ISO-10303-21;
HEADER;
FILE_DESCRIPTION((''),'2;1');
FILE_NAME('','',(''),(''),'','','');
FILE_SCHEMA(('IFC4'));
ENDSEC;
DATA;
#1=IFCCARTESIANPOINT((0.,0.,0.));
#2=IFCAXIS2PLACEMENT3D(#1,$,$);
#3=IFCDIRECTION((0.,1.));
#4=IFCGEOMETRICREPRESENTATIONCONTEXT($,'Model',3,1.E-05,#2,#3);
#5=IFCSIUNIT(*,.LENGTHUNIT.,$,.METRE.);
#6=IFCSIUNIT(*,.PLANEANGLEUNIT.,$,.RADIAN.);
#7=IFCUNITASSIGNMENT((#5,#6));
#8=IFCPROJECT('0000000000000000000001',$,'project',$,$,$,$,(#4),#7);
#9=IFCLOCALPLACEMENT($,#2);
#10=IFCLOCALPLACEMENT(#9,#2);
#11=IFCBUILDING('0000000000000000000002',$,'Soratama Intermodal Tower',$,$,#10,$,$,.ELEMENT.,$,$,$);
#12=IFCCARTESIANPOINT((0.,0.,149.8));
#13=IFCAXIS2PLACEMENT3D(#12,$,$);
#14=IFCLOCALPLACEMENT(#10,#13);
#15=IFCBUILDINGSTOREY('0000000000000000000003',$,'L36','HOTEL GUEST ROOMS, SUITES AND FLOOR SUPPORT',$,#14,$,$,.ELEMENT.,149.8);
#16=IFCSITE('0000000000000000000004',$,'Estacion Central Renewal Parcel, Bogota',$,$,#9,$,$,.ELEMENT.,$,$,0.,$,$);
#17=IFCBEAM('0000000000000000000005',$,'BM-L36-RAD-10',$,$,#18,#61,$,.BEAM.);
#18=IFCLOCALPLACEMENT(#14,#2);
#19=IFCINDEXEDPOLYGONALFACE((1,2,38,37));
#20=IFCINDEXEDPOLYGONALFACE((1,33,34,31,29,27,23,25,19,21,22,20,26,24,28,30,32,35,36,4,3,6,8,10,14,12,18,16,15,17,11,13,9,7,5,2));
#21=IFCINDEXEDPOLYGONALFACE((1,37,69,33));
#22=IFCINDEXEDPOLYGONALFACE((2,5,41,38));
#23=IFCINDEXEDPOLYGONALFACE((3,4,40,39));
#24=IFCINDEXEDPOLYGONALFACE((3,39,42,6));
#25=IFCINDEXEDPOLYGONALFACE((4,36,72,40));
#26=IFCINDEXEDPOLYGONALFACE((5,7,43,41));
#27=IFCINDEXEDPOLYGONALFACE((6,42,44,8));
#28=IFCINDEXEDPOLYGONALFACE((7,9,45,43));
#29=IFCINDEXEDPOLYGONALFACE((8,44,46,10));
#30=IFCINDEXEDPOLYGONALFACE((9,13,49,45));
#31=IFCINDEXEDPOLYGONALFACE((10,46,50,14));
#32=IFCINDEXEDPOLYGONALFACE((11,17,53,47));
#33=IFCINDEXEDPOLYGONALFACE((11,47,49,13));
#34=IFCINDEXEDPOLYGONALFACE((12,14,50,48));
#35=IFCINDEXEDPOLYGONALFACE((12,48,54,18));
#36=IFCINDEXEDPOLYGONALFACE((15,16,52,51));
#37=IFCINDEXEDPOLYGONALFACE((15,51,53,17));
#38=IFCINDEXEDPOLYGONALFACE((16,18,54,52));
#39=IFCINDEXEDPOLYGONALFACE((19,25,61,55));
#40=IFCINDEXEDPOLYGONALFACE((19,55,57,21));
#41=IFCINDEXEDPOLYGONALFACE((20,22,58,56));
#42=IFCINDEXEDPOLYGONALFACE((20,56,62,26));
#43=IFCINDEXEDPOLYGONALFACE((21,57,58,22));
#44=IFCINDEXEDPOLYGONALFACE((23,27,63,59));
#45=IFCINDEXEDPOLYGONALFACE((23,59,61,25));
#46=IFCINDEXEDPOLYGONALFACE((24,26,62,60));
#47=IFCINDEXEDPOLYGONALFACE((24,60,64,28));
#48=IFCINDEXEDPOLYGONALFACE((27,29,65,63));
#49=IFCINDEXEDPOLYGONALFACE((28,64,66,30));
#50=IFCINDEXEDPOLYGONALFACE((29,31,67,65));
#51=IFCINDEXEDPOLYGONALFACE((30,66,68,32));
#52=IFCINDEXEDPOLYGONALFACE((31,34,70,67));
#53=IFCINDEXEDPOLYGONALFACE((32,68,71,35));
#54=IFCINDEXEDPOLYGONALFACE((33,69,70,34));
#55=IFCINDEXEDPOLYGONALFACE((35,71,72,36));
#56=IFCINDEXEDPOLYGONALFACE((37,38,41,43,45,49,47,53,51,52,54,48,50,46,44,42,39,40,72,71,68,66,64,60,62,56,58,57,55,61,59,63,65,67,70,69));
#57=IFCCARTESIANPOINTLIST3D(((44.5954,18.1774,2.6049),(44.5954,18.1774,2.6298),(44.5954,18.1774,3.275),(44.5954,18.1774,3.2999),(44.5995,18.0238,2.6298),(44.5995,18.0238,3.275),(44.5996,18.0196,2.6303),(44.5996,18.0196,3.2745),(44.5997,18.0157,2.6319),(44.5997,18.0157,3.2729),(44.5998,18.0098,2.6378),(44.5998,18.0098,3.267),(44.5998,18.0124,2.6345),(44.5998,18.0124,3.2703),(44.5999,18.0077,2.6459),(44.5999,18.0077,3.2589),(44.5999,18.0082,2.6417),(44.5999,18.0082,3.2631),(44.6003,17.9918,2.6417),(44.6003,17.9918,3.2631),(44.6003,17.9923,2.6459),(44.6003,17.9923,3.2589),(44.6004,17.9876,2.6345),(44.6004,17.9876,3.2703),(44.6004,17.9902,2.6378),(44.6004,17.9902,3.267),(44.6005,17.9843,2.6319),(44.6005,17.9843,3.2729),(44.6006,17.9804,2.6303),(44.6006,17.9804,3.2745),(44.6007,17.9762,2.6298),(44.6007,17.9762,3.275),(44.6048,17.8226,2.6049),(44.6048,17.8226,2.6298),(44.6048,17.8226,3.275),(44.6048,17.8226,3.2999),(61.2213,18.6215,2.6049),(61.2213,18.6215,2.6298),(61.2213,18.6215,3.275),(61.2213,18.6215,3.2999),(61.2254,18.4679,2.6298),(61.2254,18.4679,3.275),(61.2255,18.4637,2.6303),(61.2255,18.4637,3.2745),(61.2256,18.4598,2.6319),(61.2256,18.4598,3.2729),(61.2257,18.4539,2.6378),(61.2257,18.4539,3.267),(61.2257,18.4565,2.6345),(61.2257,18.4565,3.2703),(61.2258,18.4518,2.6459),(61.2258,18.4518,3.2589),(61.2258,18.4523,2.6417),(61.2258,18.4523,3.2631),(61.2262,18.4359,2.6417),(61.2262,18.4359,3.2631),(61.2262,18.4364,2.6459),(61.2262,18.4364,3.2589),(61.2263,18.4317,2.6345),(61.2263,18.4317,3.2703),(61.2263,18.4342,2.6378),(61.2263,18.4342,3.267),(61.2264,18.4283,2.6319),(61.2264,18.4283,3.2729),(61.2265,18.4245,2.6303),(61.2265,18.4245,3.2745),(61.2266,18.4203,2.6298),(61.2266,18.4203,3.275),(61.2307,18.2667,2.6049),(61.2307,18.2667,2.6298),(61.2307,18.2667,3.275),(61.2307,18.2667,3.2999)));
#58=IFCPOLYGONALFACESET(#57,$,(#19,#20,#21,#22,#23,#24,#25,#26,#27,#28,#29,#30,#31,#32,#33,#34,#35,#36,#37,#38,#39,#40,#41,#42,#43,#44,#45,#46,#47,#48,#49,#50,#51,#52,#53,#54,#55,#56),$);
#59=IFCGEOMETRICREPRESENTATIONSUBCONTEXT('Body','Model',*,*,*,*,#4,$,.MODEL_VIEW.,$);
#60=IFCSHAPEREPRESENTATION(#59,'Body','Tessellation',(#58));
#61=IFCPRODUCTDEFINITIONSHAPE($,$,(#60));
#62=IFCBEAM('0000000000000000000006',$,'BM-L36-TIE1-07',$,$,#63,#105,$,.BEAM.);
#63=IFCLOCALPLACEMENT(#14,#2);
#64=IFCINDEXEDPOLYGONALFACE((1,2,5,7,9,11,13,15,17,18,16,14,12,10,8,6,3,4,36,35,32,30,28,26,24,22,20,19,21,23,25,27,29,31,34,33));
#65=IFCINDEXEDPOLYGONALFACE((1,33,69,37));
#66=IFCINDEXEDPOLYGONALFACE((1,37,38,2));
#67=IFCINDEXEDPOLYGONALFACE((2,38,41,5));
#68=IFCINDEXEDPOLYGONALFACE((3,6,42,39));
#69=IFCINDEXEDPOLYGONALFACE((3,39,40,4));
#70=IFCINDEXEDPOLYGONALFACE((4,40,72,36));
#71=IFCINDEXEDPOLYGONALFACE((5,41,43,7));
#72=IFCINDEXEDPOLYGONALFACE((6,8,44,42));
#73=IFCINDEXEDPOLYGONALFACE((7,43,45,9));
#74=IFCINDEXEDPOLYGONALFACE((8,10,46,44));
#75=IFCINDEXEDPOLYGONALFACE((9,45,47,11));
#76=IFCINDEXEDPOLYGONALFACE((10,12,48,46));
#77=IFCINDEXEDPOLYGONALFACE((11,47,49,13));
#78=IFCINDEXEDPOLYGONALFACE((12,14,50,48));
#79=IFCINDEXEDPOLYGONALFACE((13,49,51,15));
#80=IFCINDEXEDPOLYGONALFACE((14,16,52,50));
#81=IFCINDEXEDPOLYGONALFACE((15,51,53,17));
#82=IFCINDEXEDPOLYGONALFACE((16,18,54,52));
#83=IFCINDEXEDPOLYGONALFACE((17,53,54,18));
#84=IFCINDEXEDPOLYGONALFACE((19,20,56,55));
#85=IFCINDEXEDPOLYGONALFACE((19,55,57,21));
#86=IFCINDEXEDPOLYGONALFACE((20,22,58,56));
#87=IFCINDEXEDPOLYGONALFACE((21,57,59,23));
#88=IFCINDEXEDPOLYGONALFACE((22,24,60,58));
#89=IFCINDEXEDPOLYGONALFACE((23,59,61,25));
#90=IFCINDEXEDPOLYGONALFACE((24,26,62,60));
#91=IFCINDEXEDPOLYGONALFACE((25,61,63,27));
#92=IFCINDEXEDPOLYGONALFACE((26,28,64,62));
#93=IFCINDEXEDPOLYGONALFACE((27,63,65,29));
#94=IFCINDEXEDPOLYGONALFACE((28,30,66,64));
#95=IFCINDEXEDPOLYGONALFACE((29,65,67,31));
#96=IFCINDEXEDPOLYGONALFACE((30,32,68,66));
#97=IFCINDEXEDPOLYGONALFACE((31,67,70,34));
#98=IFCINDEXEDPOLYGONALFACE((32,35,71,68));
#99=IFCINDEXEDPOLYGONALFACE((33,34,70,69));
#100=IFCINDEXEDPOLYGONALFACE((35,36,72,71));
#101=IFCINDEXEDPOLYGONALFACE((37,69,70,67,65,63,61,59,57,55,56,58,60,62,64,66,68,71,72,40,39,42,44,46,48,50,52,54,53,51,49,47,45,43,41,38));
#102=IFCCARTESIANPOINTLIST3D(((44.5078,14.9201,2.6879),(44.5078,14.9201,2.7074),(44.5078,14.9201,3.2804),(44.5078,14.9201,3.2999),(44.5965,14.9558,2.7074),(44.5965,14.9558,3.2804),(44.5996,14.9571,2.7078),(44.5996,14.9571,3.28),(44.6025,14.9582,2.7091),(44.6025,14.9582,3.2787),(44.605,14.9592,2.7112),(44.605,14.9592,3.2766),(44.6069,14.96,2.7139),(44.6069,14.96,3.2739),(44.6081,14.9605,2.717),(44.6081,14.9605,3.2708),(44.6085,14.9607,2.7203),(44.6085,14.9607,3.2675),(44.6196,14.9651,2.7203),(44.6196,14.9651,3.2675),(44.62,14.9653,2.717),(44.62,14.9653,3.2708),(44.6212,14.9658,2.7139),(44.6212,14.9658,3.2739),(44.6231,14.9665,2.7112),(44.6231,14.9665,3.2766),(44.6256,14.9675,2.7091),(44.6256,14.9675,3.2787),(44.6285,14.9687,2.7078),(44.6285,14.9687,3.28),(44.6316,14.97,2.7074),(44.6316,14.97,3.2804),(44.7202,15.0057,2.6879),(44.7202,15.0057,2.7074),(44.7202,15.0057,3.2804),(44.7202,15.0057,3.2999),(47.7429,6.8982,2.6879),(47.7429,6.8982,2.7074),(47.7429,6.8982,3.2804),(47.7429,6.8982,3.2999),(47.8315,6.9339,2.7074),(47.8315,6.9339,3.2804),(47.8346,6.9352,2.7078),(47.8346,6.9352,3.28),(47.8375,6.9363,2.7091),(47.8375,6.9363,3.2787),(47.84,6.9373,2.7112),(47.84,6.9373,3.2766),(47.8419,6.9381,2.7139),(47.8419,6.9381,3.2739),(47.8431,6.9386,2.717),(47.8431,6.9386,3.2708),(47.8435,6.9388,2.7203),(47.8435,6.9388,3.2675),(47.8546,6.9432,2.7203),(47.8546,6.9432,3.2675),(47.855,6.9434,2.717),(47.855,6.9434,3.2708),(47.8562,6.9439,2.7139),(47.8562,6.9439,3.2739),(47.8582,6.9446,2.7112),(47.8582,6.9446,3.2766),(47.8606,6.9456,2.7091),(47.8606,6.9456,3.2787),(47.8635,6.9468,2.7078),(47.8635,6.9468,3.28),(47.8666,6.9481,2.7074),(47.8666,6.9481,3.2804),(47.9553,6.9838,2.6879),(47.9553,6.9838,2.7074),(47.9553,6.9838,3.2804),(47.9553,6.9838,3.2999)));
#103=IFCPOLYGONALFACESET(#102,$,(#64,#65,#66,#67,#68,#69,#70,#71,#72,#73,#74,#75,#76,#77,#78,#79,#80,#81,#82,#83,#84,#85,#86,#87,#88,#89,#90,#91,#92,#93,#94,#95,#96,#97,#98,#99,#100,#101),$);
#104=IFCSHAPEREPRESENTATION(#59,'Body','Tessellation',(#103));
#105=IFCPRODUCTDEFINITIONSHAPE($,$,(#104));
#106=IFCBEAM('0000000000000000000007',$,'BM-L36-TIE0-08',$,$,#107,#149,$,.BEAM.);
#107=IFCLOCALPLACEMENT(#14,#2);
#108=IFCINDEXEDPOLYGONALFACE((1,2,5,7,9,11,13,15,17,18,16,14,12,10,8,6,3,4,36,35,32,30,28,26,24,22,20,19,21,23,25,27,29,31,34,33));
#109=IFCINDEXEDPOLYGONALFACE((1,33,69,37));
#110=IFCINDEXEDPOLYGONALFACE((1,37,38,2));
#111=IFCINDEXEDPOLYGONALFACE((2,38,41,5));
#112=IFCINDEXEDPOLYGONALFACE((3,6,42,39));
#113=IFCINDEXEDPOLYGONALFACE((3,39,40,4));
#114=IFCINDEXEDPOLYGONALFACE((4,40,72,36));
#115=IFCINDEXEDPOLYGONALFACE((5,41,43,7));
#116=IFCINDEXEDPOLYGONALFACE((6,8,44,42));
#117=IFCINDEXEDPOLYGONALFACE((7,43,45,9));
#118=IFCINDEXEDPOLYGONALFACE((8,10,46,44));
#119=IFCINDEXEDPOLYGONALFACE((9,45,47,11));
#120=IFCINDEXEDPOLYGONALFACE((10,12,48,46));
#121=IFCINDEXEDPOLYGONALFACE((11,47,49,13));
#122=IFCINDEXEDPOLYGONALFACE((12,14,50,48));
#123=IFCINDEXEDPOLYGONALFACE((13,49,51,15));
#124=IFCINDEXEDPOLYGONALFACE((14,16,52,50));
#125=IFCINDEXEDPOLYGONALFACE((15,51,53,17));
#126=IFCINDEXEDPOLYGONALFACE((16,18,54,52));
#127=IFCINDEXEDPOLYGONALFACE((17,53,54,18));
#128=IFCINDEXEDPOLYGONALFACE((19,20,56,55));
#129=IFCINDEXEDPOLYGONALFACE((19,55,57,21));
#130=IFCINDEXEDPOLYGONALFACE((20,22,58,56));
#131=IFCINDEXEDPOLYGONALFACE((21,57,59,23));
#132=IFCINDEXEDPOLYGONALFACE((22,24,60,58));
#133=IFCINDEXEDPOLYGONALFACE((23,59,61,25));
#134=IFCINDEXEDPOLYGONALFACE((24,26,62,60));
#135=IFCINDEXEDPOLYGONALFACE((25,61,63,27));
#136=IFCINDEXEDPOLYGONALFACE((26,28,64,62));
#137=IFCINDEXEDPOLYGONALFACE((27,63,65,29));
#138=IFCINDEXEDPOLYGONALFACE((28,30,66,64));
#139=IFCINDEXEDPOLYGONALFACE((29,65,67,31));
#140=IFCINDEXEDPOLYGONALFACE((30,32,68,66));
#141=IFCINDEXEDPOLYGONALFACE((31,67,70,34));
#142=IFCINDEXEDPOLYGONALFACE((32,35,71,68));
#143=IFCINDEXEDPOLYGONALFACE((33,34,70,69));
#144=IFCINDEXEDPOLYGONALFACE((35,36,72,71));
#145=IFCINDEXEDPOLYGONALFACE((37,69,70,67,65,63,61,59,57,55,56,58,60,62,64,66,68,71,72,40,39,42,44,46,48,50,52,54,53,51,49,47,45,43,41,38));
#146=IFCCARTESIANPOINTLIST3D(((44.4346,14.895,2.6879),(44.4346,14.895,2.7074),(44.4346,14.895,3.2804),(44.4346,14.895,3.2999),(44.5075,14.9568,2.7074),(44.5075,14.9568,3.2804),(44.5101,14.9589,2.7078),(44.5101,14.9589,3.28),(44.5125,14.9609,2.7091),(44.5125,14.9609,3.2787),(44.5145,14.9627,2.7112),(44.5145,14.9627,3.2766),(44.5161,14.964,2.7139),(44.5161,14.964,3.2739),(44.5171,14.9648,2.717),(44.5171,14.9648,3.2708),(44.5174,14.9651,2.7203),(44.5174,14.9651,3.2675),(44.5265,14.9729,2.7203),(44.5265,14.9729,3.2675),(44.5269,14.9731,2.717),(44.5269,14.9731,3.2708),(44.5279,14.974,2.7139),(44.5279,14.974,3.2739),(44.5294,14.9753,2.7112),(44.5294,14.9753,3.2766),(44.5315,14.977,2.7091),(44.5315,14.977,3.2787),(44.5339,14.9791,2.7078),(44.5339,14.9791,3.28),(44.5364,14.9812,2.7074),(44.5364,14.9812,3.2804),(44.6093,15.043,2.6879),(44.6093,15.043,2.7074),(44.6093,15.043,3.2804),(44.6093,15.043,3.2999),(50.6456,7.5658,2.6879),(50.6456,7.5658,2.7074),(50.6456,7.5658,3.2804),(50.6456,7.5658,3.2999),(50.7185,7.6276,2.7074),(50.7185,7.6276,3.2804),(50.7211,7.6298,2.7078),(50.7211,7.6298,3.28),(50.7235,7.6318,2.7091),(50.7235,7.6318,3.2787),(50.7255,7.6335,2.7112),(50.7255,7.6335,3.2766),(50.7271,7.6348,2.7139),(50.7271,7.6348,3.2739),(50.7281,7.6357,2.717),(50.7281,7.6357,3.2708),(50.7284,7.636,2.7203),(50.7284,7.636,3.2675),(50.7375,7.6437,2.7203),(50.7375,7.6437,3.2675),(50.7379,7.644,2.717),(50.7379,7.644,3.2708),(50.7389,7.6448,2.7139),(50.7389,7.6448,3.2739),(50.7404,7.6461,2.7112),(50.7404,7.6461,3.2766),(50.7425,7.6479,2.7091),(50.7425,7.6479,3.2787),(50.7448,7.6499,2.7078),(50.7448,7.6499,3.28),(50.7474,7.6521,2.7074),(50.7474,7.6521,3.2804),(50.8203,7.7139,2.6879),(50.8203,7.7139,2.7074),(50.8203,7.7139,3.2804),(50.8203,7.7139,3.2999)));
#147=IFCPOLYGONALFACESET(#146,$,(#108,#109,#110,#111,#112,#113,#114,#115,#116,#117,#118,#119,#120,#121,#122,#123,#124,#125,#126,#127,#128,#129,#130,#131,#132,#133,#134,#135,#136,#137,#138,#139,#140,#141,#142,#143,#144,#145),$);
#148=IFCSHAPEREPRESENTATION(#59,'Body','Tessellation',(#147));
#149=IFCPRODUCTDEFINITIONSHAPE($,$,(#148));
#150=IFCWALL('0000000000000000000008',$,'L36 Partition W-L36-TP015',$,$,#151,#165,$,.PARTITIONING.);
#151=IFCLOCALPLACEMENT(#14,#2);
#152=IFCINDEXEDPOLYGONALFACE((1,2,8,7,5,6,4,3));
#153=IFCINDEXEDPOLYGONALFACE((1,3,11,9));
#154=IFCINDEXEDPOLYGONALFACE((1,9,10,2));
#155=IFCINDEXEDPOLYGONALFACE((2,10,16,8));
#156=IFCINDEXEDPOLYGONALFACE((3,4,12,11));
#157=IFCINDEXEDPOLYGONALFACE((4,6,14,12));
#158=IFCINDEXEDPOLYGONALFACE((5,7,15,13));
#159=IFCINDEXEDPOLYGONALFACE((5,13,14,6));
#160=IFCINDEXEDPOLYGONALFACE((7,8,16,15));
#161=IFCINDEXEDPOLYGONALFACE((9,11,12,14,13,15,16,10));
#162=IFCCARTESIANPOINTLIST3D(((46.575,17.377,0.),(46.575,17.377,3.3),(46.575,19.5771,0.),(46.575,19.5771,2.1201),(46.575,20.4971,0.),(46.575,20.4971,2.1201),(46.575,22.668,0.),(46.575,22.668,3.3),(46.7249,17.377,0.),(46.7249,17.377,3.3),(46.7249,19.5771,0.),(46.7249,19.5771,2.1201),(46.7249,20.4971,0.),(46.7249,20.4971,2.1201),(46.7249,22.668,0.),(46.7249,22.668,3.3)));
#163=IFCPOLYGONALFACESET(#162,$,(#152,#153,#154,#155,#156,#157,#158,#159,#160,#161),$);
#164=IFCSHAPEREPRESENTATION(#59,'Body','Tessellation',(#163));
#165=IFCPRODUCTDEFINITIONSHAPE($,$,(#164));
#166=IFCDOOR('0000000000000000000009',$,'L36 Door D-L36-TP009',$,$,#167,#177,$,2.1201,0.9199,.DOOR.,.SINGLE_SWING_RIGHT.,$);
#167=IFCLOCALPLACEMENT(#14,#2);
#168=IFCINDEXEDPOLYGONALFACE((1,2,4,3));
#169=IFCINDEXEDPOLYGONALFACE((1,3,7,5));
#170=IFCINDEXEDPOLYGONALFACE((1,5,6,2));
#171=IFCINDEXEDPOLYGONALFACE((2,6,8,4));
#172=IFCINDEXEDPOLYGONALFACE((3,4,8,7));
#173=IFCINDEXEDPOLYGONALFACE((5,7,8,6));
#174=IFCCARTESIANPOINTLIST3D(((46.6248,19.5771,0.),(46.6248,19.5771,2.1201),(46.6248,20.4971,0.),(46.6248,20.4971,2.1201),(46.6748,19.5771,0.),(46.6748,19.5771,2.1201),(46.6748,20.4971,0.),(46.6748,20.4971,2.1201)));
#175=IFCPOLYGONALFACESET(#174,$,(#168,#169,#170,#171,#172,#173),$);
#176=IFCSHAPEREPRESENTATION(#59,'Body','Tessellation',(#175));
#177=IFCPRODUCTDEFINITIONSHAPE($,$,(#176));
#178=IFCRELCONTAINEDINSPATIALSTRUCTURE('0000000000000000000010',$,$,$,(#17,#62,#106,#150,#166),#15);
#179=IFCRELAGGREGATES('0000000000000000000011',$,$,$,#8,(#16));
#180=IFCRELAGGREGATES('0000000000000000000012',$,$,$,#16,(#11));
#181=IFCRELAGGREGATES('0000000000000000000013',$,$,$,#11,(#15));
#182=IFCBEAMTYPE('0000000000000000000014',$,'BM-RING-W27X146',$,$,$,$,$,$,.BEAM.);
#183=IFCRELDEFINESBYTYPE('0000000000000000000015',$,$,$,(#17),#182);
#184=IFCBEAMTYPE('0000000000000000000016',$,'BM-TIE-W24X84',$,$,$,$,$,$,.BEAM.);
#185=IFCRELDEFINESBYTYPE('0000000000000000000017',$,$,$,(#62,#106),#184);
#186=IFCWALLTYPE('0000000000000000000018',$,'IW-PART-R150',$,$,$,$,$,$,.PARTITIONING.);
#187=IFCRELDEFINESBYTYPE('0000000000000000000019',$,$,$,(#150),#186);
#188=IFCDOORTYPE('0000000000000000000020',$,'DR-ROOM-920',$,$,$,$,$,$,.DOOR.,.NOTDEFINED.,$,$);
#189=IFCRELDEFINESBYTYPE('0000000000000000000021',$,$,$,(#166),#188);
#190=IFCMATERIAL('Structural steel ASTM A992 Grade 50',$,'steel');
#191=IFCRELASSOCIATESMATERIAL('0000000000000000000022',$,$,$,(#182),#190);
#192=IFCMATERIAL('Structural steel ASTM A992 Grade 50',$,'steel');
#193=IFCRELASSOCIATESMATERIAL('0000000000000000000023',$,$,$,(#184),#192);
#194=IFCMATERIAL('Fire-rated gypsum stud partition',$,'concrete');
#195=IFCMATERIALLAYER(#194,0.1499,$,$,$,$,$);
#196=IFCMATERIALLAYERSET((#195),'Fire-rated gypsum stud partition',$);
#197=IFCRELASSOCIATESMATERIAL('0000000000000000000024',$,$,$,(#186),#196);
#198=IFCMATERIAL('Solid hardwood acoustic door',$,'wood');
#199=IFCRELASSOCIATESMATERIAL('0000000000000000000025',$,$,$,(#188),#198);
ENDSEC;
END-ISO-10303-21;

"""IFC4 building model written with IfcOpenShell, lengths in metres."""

from ifc_helpers import new_model, si_unit, direction, frame, frame_2d, origin, origin_2d, place, context, subcontext, project, spatial, rectangle, i_section, extrude, material, layer, layer_set, material_profile, profile_set, type_object, element, fill, save


model = new_model("IFC4")

# Units and contexts
model_context = context("Model", 3, precision=1e-05, world=origin(), true_north=direction((0.0, 1.0)))
body_context = subcontext(model_context, "Body", "Model", "MODEL_VIEW")
ifc_project = project(units=[si_unit("LENGTHUNIT", "METRE"), si_unit("PLANEANGLEUNIT", "RADIAN")], contexts=[model_context])

# Site, building, storey
site_placement = place(None, origin())
site = spatial("IfcSite", under=ifc_project, at=site_placement, Name="Estacion Central Renewal Parcel, Bogota", CompositionType="ELEMENT", RefElevation=0.0)
building_placement = place(site_placement, origin())
building = spatial("IfcBuilding", under=site, at=building_placement, Name="Soratama Intermodal Tower", CompositionType="ELEMENT")
storey_placement = place(building_placement, frame((0.0, 0.0, 149.8)))
storey = spatial("IfcBuildingStorey", under=building, at=storey_placement, Name="L36", Description="HOTEL GUEST ROOMS, SUITES AND FLOOR SUPPORT", CompositionType="ELEMENT", Elevation=149.8)

# Beams
ifc_material_1 = material(Name="Structural steel ASTM A992 Grade 50", Category="steel")
ifc_material_profile_1 = material_profile(ifc_material_1, i_section(OverallWidth=0.355, OverallDepth=0.6951, WebThickness=0.0154, FlangeThickness=0.0249, FilletRadius=0.0161, at=origin_2d()), Name="W27X146")
ifc_profile_set_1 = profile_set([ifc_material_profile_1], Name="Structural steel ASTM A992 Grade 50")
beam_type_1 = type_object("IfcBeamType", Name="BM-RING-W27X146", PredefinedType="BEAM", material=ifc_profile_set_1)
beam_1_placement = place(storey_placement, frame((44.6001, 18.0, 2.9524), z_axis=(0.999643, 0.026701, 0.0), x_axis=(-0.026701, 0.999643, 0.0)))
element("IfcBeam", 1, at=beam_1_placement, inside=storey, type_object=beam_type_1, Name="BM-L36-RAD-10", PredefinedType="BEAM", context=body_context, shape_type="SweptSolid", body=[
    extrude(i_section(OverallWidth=0.355, OverallDepth=0.6951, WebThickness=0.0154, FlangeThickness=0.0249, FilletRadius=0.0161, at=origin_2d()), origin(), (0.0, 0.0, 1.0), 16.6318),
])
ifc_material_2 = material(Name="Structural steel ASTM A992 Grade 50", Category="steel")
ifc_material_profile_2 = material_profile(ifc_material_2, i_section(OverallWidth=0.229, OverallDepth=0.6121, WebThickness=0.012, FlangeThickness=0.0195, FilletRadius=0.0129, at=origin_2d()), Name="W24X84")
ifc_profile_set_2 = profile_set([ifc_material_profile_2], Name="Structural steel ASTM A992 Grade 50")
beam_type_2 = type_object("IfcBeamType", Name="BM-TIE-W24X84", PredefinedType="BEAM", material=ifc_profile_set_2)
beam_2_placement = place(storey_placement, frame((44.614, 14.9629, 2.9939), z_axis=(0.374012, -0.927424, 0.0), x_axis=(0.927424, 0.374012, 0.0)))
element("IfcBeam", 2, at=beam_2_placement, inside=storey, type_object=beam_type_2, Name="BM-L36-TIE1-07", PredefinedType="BEAM", context=body_context, shape_type="SweptSolid", body=[
    extrude(i_section(OverallWidth=0.229, OverallDepth=0.6121, WebThickness=0.012, FlangeThickness=0.0195, FilletRadius=0.0129, at=origin_2d()), origin(), (0.0, 0.0, 1.0), 8.6497),
])
beam_3_placement = place(storey_placement, frame((44.522, 14.969, 2.9939), z_axis=(0.646512, -0.762904, 0.0), x_axis=(0.762904, 0.646512, 0.0)))
element("IfcBeam", 3, at=beam_3_placement, inside=storey, type_object=beam_type_2, Name="BM-L36-TIE0-08", PredefinedType="BEAM", context=body_context, shape_type="SweptSolid", body=[
    extrude(i_section(OverallWidth=0.229, OverallDepth=0.6121, WebThickness=0.012, FlangeThickness=0.0195, FilletRadius=0.0129, at=origin_2d()), origin(), (0.0, 0.0, 1.0), 9.6069),
])

# Wall, opening, door
ifc_material_3 = material(Name="Fire-rated gypsum stud partition", Category="concrete")
ifc_layer_1 = layer(ifc_material_3, 0.1499)
ifc_layer_set_1 = layer_set([ifc_layer_1], Name="Fire-rated gypsum stud partition")
wall_type_1 = type_object("IfcWallType", Name="IW-PART-R150", PredefinedType="PARTITIONING", material=ifc_layer_set_1)
wall_1_placement = place(storey_placement, frame((46.6499, 22.668, 0.0), z_axis=(0.0, 0.0, 1.0), x_axis=(0.0, -1.0, 0.0)))
wall_1 = element("IfcWall", 4, at=wall_1_placement, inside=storey, type_object=wall_type_1, Name="L36 Partition W-L36-TP015", PredefinedType="PARTITIONING", context=body_context, shape_type="SweptSolid", body=[
    extrude(rectangle(XDim=5.291, YDim=0.1499, at=frame_2d((2.6455, 0.0))), origin(), (0.0, 0.0, 1.0), 3.3),
])
opening_1_placement = place(wall_1_placement, frame((2.1709, 0.0, 0.0)))
opening_1 = element("IfcOpeningElement", 5, at=opening_1_placement, cuts=wall_1, PredefinedType="OPENING", context=body_context, shape_type="SweptSolid", body=[
    extrude(rectangle(XDim=0.9199, YDim=2.1201, at=frame_2d((0.46, 1.0601))), frame((0.0, 0.085, 0.0), z_axis=(0.0, -1.0, 0.0), x_axis=(1.0, 0.0, 0.0)), (0.0, 0.0, 1.0), 0.1699),
])
ifc_material_4 = material(Name="Solid hardwood acoustic door", Category="wood")
door_type_1 = type_object("IfcDoorType", Name="DR-ROOM-920", OperationType="NOTDEFINED", PredefinedType="DOOR", material=ifc_material_4)
door_1_placement = place(opening_1_placement, origin())
door_1 = element("IfcDoor", 6, at=door_1_placement, inside=storey, type_object=door_type_1, Name="L36 Door D-L36-TP009", OperationType="SINGLE_SWING_RIGHT", OverallHeight=2.1201, OverallWidth=0.9199, PredefinedType="DOOR", context=body_context, shape_type="SweptSolid", body=[
    extrude(rectangle(XDim=0.9199, YDim=2.1201, at=frame_2d((0.46, 1.0601))), frame((0.0, 0.0249, 0.0), z_axis=(0.0, -1.0, 0.0), x_axis=(1.0, 0.0, 0.0)), (0.0, 0.0, 1.0), 0.05),
])
fill(opening_1, door_1)

save(model, "model.ifc")
